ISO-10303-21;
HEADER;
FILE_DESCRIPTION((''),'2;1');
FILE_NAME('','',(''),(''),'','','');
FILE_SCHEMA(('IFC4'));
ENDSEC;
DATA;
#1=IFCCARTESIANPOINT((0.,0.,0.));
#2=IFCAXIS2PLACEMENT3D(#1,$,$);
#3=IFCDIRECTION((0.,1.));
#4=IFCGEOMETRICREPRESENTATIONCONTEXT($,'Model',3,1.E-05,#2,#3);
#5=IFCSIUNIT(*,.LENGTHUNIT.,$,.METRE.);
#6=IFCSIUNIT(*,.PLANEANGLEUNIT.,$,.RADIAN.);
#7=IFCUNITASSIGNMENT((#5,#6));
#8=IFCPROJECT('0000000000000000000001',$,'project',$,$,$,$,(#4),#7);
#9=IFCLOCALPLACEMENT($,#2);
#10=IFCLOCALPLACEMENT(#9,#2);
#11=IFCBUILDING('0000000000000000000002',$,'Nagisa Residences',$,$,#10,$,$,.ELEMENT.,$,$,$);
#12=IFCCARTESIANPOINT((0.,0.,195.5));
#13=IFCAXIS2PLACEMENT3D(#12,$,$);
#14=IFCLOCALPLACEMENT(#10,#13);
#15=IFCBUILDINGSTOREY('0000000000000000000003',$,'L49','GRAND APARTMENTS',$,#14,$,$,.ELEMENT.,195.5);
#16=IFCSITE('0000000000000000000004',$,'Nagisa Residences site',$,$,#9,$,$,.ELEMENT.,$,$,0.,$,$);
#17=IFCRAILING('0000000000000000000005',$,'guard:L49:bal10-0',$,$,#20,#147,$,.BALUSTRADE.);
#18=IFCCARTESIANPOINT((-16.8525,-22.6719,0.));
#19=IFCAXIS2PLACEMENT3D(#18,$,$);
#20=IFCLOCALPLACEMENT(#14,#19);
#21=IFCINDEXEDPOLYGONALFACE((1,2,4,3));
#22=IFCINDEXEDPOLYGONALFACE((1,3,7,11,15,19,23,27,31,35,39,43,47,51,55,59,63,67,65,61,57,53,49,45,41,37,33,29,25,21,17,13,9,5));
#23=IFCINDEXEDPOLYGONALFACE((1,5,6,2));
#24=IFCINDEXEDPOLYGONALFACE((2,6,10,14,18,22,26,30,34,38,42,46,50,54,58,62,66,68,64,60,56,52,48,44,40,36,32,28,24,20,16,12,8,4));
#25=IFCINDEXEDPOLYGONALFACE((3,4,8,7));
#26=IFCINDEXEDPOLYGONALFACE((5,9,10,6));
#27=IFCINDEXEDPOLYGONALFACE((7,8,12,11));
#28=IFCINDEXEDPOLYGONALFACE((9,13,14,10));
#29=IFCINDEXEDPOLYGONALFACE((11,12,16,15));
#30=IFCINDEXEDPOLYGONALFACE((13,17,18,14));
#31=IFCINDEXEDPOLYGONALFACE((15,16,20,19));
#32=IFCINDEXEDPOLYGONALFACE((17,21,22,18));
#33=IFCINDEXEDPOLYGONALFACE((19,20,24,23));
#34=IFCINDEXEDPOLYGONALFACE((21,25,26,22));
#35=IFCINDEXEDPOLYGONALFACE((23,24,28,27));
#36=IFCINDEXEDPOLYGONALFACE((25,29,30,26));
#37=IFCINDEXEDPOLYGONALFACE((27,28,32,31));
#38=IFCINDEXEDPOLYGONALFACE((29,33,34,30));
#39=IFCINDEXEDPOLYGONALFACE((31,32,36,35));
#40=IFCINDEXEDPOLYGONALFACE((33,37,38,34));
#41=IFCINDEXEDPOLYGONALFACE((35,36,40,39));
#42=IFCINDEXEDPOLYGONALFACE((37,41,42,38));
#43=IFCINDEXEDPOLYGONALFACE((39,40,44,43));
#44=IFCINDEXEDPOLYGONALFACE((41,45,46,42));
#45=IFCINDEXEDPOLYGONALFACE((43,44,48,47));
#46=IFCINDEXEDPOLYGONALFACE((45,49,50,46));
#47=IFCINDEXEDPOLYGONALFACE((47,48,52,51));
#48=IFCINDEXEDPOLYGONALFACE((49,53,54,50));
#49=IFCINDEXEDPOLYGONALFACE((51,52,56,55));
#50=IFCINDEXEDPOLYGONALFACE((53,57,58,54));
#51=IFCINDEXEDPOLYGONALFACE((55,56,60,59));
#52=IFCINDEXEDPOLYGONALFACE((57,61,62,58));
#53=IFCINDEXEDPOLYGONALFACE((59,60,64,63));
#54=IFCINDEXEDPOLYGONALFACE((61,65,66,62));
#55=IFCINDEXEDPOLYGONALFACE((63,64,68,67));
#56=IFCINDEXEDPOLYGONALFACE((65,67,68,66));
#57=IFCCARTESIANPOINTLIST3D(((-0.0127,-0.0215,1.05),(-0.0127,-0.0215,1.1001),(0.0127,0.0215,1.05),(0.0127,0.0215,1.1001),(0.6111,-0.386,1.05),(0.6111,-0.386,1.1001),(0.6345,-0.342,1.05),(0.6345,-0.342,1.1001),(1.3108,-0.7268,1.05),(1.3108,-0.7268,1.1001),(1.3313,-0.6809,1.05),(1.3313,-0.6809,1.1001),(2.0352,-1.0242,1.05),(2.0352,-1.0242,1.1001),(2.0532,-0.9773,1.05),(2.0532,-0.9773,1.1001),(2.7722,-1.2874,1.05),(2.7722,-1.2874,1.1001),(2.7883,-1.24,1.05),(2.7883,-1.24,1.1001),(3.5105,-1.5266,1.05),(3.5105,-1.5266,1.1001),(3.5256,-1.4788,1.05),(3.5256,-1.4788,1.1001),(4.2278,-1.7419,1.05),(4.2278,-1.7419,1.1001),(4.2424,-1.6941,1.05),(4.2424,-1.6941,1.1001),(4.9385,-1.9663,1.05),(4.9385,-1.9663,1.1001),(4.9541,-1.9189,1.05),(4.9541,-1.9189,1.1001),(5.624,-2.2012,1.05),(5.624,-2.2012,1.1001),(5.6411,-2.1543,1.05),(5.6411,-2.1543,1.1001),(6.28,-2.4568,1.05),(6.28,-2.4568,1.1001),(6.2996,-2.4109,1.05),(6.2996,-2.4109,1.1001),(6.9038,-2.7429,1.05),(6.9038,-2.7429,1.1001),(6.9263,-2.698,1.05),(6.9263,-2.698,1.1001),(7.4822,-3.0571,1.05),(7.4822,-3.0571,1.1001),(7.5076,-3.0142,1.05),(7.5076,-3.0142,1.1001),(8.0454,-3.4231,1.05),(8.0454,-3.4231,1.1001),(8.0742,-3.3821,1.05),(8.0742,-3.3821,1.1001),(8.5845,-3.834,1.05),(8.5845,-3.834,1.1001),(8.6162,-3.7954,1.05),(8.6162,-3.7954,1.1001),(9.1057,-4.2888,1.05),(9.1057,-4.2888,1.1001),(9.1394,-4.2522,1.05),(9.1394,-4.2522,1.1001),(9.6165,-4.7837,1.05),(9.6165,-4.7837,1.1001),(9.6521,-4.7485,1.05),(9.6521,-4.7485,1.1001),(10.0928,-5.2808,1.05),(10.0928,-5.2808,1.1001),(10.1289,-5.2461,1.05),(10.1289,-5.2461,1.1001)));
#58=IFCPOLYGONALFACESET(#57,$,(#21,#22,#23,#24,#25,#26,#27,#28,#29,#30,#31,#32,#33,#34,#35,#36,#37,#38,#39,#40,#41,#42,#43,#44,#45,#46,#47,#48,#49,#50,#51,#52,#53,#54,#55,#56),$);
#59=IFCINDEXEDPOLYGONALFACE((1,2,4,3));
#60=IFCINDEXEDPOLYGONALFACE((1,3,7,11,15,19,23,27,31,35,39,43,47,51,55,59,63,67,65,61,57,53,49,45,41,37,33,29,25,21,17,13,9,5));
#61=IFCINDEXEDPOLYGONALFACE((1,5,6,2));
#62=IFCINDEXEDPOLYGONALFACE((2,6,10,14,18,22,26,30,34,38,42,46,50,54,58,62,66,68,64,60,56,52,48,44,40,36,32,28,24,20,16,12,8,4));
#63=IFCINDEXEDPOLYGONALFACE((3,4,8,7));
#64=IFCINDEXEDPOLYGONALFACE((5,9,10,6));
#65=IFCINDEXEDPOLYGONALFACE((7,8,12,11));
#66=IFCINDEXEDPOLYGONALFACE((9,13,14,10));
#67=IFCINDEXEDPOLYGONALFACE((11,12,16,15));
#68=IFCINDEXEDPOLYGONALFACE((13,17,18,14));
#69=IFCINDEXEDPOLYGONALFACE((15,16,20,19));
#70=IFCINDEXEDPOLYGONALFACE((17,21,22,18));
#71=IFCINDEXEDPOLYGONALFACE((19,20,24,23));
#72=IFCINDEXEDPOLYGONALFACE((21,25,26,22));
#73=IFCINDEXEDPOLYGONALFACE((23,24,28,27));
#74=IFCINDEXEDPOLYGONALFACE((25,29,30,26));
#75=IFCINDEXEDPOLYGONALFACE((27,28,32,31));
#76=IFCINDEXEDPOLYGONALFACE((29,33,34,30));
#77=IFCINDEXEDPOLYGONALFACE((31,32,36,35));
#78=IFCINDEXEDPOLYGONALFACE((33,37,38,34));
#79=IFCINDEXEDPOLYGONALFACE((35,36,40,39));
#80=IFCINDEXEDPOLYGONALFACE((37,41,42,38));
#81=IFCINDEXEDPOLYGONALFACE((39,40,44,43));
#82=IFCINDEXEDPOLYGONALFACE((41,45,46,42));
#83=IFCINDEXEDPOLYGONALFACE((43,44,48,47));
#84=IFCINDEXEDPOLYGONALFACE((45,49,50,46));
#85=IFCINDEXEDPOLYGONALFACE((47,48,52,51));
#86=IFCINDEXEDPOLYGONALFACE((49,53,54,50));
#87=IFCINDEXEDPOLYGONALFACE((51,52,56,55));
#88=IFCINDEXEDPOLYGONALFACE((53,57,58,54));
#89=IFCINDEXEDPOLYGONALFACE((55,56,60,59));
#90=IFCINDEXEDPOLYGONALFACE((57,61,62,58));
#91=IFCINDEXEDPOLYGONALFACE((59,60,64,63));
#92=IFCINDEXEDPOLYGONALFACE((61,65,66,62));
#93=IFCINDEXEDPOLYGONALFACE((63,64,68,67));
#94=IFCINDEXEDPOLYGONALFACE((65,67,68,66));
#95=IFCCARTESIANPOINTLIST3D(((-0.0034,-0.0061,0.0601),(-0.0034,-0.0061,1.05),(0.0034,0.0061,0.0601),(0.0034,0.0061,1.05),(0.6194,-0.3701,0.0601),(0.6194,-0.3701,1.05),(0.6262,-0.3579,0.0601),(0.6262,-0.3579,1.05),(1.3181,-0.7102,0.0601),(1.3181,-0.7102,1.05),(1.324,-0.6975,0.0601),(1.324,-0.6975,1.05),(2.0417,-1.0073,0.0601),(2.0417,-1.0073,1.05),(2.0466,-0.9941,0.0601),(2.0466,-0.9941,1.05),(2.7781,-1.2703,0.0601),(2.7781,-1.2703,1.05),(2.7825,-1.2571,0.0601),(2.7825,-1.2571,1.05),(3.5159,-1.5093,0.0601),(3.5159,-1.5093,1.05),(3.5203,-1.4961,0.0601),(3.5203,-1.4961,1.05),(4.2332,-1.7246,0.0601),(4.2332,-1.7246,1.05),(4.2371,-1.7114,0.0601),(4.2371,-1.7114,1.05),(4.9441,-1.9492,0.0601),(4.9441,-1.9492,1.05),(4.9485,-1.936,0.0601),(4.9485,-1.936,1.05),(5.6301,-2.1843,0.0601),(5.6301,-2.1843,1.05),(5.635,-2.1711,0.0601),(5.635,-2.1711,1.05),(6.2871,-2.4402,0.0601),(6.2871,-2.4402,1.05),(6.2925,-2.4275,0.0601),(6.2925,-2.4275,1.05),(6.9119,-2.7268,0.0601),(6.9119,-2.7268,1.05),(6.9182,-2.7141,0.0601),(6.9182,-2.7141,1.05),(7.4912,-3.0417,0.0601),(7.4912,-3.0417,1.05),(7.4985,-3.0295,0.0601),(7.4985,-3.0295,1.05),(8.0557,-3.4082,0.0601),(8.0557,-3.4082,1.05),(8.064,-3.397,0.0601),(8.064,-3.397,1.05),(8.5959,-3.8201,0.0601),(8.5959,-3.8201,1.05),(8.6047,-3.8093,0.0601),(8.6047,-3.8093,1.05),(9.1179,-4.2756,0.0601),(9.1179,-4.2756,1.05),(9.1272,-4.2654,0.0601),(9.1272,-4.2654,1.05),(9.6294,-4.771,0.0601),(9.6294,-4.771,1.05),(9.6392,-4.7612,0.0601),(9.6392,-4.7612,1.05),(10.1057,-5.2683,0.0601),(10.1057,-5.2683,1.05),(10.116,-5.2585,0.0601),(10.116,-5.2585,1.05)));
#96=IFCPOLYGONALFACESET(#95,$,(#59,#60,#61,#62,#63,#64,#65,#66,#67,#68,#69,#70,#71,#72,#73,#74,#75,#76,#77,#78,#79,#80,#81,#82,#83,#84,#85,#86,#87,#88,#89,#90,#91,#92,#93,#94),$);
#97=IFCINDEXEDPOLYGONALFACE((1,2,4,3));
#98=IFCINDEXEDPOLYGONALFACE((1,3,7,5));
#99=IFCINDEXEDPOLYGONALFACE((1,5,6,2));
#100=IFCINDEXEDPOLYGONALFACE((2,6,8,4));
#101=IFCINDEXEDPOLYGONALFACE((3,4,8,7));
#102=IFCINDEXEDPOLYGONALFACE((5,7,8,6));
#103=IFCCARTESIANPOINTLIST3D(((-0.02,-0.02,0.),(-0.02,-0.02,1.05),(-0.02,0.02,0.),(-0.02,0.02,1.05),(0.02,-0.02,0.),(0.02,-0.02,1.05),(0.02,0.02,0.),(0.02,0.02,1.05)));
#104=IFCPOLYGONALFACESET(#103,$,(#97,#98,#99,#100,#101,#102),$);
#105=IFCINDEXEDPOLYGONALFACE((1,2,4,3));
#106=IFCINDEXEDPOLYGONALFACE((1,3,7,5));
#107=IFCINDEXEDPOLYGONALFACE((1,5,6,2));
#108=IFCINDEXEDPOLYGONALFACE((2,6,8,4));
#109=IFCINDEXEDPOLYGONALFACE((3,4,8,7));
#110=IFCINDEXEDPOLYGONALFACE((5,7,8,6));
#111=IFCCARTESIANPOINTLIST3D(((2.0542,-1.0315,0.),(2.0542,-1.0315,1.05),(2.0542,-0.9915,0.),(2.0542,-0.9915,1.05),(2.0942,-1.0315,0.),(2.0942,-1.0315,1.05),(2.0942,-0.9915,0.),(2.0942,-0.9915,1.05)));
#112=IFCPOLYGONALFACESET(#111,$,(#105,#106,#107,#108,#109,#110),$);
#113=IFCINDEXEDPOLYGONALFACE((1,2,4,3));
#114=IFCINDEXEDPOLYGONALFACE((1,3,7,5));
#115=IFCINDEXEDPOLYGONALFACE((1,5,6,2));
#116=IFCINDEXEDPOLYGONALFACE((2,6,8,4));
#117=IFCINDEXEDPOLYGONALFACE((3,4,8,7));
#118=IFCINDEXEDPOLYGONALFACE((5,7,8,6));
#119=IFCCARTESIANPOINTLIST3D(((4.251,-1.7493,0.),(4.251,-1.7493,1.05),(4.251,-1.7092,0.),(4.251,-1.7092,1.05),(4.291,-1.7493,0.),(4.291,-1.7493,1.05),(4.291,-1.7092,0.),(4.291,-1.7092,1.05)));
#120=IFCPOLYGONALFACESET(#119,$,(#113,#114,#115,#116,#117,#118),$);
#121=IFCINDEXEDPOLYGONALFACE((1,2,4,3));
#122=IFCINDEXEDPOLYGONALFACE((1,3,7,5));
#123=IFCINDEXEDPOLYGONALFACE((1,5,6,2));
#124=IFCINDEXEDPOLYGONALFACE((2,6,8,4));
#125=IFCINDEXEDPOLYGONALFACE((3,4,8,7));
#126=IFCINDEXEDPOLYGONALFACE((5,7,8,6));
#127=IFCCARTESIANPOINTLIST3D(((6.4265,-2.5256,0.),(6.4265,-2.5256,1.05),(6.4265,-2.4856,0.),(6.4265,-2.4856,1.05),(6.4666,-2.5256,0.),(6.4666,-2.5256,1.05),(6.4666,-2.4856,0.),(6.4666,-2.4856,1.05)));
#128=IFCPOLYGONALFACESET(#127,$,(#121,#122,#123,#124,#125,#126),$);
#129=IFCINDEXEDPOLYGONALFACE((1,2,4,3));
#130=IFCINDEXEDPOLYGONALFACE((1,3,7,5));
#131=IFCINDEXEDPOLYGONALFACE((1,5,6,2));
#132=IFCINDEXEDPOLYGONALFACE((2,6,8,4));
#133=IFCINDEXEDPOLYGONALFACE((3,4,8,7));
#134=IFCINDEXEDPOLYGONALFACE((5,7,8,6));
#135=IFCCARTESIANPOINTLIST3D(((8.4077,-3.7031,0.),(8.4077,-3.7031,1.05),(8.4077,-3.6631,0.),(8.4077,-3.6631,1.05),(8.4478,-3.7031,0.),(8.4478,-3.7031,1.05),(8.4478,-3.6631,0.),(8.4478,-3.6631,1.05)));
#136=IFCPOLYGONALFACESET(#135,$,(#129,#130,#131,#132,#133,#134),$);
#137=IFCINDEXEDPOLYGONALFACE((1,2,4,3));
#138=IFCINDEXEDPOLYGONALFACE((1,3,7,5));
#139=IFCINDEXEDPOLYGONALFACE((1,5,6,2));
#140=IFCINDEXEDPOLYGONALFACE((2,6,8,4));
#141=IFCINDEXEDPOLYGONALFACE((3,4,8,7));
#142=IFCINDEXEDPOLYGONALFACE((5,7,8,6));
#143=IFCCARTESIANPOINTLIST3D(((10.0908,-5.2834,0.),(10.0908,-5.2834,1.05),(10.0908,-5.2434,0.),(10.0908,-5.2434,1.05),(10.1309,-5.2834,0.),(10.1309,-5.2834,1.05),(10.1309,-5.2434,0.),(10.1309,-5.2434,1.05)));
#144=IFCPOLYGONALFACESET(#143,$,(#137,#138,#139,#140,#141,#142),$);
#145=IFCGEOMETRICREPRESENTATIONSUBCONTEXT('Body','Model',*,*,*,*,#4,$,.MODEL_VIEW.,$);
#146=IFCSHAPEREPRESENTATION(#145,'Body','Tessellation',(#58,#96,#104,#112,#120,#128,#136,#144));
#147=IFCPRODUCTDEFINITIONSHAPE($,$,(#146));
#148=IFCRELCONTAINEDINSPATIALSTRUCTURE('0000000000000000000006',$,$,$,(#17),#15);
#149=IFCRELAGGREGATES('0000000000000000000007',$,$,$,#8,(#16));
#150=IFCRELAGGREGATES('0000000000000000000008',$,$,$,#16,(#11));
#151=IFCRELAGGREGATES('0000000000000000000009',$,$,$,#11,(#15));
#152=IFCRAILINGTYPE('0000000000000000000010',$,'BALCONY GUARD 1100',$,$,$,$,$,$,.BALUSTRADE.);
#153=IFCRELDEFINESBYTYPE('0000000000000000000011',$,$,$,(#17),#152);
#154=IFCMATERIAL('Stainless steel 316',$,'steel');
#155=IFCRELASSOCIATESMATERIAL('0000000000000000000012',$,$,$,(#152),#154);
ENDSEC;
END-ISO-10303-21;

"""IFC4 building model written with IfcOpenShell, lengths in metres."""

from ifc_helpers import new_model, si_unit, direction, frame, origin, origin_2d, place, context, subcontext, project, spatial, polyline, rectangle, outline, extrude, material, type_object, element, save


model = new_model("IFC4")

# Units and contexts
model_context = context("Model", 3, precision=1e-05, world=origin(), true_north=direction((0.0, 1.0)))
body_context = subcontext(model_context, "Body", "Model", "MODEL_VIEW")
ifc_project = project(units=[si_unit("LENGTHUNIT", "METRE"), si_unit("PLANEANGLEUNIT", "RADIAN")], contexts=[model_context])

# Site, building, storey
site_placement = place(None, origin())
site = spatial("IfcSite", under=ifc_project, at=site_placement, Name="Nagisa Residences site", CompositionType="ELEMENT", RefElevation=0.0)
building_placement = place(site_placement, origin())
building = spatial("IfcBuilding", under=site, at=building_placement, Name="Nagisa Residences", CompositionType="ELEMENT")
storey_placement = place(building_placement, frame((0.0, 0.0, 195.5)))
storey = spatial("IfcBuildingStorey", under=building, at=storey_placement, Name="L49", Description="GRAND APARTMENTS", CompositionType="ELEMENT", Elevation=195.5)

# Railing
ifc_material_1 = material(Name="Stainless steel 316", Category="steel")
railing_type = type_object("IfcRailingType", Name="BALCONY GUARD 1100", PredefinedType="BALUSTRADE", material=ifc_material_1)
railing_1_placement = place(storey_placement, frame((-16.8525, -22.6719, 0.0)))
element("IfcRailing", 1, at=railing_1_placement, inside=storey, type_object=railing_type, Name="guard:L49:bal10-0", PredefinedType="BALUSTRADE", context=body_context, shape_type="SweptSolid", body=[
    extrude(outline(polyline([(0.6345, -0.342), (0.0127, 0.0215), (-0.0127, -0.0215), (0.6111, -0.386), (1.3108, -0.7268), (2.0352, -1.0242), (2.7722, -1.2874), (3.5105, -1.5266), (4.2278, -1.7419), (4.9385, -1.9663), (5.624, -2.2012), (6.28, -2.4568), (6.9038, -2.7429), (7.4822, -3.0571), (8.0454, -3.4231), (8.5845, -3.834), (9.1057, -4.2888), (9.6165, -4.7837), (10.0928, -5.2808), (10.1289, -5.2461), (9.6521, -4.7485), (9.1394, -4.2522), (8.6162, -3.7954), (8.0742, -3.3821), (7.5076, -3.0142), (6.9263, -2.698), (6.2996, -2.4109), (5.6411, -2.1543), (4.9541, -1.9189), (4.2424, -1.6941), (3.5256, -1.4788), (2.7883, -1.24), (2.0532, -0.9773), (1.3313, -0.6809), (0.6345, -0.342)])), frame((0.0, 0.0, 1.05)), (0.0, 0.0, 1.0), 0.05),
    extrude(outline(polyline([(0.6262, -0.3579), (0.0034, 0.0061), (-0.0034, -0.0061), (0.6194, -0.3701), (1.3181, -0.7102), (2.0417, -1.0073), (2.7781, -1.2703), (3.5159, -1.5093), (4.2332, -1.7246), (4.9441, -1.9492), (5.6301, -2.1843), (6.2871, -2.4402), (6.9119, -2.7268), (7.4912, -3.0417), (8.0557, -3.4082), (8.5959, -3.8201), (9.1179, -4.2756), (9.6294, -4.771), (10.1057, -5.2683), (10.116, -5.2585), (9.6392, -4.7612), (9.1272, -4.2654), (8.6047, -3.8093), (8.064, -3.397), (7.4985, -3.0295), (6.9182, -2.7141), (6.2925, -2.4275), (5.635, -2.1711), (4.9485, -1.936), (4.2371, -1.7114), (3.5203, -1.4961), (2.7825, -1.2571), (2.0466, -0.9941), (1.324, -0.6975), (0.6262, -0.3579)])), frame((0.0, 0.0, 0.0601)), (0.0, 0.0, 1.0), 0.99),
    extrude(rectangle(XDim=0.04, YDim=0.04, at=origin_2d()), origin(), (0.0, 0.0, 1.0), 1.05),
    extrude(rectangle(XDim=0.04, YDim=0.04, at=origin_2d()), frame((2.0742, -1.0115, 0.0)), (0.0, 0.0, 1.0), 1.05),
    extrude(rectangle(XDim=0.04, YDim=0.04, at=origin_2d()), frame((4.271, -1.7292, 0.0)), (0.0, 0.0, 1.0), 1.05),
    extrude(rectangle(XDim=0.04, YDim=0.04, at=origin_2d()), frame((6.4465, -2.5056, 0.0)), (0.0, 0.0, 1.0), 1.05),
    extrude(rectangle(XDim=0.04, YDim=0.04, at=origin_2d()), frame((8.4277, -3.6831, 0.0)), (0.0, 0.0, 1.0), 1.05),
    extrude(rectangle(XDim=0.04, YDim=0.04, at=origin_2d()), frame((10.1108, -5.2634, 0.0)), (0.0, 0.0, 1.0), 1.05),
])

save(model, "model.ifc")
